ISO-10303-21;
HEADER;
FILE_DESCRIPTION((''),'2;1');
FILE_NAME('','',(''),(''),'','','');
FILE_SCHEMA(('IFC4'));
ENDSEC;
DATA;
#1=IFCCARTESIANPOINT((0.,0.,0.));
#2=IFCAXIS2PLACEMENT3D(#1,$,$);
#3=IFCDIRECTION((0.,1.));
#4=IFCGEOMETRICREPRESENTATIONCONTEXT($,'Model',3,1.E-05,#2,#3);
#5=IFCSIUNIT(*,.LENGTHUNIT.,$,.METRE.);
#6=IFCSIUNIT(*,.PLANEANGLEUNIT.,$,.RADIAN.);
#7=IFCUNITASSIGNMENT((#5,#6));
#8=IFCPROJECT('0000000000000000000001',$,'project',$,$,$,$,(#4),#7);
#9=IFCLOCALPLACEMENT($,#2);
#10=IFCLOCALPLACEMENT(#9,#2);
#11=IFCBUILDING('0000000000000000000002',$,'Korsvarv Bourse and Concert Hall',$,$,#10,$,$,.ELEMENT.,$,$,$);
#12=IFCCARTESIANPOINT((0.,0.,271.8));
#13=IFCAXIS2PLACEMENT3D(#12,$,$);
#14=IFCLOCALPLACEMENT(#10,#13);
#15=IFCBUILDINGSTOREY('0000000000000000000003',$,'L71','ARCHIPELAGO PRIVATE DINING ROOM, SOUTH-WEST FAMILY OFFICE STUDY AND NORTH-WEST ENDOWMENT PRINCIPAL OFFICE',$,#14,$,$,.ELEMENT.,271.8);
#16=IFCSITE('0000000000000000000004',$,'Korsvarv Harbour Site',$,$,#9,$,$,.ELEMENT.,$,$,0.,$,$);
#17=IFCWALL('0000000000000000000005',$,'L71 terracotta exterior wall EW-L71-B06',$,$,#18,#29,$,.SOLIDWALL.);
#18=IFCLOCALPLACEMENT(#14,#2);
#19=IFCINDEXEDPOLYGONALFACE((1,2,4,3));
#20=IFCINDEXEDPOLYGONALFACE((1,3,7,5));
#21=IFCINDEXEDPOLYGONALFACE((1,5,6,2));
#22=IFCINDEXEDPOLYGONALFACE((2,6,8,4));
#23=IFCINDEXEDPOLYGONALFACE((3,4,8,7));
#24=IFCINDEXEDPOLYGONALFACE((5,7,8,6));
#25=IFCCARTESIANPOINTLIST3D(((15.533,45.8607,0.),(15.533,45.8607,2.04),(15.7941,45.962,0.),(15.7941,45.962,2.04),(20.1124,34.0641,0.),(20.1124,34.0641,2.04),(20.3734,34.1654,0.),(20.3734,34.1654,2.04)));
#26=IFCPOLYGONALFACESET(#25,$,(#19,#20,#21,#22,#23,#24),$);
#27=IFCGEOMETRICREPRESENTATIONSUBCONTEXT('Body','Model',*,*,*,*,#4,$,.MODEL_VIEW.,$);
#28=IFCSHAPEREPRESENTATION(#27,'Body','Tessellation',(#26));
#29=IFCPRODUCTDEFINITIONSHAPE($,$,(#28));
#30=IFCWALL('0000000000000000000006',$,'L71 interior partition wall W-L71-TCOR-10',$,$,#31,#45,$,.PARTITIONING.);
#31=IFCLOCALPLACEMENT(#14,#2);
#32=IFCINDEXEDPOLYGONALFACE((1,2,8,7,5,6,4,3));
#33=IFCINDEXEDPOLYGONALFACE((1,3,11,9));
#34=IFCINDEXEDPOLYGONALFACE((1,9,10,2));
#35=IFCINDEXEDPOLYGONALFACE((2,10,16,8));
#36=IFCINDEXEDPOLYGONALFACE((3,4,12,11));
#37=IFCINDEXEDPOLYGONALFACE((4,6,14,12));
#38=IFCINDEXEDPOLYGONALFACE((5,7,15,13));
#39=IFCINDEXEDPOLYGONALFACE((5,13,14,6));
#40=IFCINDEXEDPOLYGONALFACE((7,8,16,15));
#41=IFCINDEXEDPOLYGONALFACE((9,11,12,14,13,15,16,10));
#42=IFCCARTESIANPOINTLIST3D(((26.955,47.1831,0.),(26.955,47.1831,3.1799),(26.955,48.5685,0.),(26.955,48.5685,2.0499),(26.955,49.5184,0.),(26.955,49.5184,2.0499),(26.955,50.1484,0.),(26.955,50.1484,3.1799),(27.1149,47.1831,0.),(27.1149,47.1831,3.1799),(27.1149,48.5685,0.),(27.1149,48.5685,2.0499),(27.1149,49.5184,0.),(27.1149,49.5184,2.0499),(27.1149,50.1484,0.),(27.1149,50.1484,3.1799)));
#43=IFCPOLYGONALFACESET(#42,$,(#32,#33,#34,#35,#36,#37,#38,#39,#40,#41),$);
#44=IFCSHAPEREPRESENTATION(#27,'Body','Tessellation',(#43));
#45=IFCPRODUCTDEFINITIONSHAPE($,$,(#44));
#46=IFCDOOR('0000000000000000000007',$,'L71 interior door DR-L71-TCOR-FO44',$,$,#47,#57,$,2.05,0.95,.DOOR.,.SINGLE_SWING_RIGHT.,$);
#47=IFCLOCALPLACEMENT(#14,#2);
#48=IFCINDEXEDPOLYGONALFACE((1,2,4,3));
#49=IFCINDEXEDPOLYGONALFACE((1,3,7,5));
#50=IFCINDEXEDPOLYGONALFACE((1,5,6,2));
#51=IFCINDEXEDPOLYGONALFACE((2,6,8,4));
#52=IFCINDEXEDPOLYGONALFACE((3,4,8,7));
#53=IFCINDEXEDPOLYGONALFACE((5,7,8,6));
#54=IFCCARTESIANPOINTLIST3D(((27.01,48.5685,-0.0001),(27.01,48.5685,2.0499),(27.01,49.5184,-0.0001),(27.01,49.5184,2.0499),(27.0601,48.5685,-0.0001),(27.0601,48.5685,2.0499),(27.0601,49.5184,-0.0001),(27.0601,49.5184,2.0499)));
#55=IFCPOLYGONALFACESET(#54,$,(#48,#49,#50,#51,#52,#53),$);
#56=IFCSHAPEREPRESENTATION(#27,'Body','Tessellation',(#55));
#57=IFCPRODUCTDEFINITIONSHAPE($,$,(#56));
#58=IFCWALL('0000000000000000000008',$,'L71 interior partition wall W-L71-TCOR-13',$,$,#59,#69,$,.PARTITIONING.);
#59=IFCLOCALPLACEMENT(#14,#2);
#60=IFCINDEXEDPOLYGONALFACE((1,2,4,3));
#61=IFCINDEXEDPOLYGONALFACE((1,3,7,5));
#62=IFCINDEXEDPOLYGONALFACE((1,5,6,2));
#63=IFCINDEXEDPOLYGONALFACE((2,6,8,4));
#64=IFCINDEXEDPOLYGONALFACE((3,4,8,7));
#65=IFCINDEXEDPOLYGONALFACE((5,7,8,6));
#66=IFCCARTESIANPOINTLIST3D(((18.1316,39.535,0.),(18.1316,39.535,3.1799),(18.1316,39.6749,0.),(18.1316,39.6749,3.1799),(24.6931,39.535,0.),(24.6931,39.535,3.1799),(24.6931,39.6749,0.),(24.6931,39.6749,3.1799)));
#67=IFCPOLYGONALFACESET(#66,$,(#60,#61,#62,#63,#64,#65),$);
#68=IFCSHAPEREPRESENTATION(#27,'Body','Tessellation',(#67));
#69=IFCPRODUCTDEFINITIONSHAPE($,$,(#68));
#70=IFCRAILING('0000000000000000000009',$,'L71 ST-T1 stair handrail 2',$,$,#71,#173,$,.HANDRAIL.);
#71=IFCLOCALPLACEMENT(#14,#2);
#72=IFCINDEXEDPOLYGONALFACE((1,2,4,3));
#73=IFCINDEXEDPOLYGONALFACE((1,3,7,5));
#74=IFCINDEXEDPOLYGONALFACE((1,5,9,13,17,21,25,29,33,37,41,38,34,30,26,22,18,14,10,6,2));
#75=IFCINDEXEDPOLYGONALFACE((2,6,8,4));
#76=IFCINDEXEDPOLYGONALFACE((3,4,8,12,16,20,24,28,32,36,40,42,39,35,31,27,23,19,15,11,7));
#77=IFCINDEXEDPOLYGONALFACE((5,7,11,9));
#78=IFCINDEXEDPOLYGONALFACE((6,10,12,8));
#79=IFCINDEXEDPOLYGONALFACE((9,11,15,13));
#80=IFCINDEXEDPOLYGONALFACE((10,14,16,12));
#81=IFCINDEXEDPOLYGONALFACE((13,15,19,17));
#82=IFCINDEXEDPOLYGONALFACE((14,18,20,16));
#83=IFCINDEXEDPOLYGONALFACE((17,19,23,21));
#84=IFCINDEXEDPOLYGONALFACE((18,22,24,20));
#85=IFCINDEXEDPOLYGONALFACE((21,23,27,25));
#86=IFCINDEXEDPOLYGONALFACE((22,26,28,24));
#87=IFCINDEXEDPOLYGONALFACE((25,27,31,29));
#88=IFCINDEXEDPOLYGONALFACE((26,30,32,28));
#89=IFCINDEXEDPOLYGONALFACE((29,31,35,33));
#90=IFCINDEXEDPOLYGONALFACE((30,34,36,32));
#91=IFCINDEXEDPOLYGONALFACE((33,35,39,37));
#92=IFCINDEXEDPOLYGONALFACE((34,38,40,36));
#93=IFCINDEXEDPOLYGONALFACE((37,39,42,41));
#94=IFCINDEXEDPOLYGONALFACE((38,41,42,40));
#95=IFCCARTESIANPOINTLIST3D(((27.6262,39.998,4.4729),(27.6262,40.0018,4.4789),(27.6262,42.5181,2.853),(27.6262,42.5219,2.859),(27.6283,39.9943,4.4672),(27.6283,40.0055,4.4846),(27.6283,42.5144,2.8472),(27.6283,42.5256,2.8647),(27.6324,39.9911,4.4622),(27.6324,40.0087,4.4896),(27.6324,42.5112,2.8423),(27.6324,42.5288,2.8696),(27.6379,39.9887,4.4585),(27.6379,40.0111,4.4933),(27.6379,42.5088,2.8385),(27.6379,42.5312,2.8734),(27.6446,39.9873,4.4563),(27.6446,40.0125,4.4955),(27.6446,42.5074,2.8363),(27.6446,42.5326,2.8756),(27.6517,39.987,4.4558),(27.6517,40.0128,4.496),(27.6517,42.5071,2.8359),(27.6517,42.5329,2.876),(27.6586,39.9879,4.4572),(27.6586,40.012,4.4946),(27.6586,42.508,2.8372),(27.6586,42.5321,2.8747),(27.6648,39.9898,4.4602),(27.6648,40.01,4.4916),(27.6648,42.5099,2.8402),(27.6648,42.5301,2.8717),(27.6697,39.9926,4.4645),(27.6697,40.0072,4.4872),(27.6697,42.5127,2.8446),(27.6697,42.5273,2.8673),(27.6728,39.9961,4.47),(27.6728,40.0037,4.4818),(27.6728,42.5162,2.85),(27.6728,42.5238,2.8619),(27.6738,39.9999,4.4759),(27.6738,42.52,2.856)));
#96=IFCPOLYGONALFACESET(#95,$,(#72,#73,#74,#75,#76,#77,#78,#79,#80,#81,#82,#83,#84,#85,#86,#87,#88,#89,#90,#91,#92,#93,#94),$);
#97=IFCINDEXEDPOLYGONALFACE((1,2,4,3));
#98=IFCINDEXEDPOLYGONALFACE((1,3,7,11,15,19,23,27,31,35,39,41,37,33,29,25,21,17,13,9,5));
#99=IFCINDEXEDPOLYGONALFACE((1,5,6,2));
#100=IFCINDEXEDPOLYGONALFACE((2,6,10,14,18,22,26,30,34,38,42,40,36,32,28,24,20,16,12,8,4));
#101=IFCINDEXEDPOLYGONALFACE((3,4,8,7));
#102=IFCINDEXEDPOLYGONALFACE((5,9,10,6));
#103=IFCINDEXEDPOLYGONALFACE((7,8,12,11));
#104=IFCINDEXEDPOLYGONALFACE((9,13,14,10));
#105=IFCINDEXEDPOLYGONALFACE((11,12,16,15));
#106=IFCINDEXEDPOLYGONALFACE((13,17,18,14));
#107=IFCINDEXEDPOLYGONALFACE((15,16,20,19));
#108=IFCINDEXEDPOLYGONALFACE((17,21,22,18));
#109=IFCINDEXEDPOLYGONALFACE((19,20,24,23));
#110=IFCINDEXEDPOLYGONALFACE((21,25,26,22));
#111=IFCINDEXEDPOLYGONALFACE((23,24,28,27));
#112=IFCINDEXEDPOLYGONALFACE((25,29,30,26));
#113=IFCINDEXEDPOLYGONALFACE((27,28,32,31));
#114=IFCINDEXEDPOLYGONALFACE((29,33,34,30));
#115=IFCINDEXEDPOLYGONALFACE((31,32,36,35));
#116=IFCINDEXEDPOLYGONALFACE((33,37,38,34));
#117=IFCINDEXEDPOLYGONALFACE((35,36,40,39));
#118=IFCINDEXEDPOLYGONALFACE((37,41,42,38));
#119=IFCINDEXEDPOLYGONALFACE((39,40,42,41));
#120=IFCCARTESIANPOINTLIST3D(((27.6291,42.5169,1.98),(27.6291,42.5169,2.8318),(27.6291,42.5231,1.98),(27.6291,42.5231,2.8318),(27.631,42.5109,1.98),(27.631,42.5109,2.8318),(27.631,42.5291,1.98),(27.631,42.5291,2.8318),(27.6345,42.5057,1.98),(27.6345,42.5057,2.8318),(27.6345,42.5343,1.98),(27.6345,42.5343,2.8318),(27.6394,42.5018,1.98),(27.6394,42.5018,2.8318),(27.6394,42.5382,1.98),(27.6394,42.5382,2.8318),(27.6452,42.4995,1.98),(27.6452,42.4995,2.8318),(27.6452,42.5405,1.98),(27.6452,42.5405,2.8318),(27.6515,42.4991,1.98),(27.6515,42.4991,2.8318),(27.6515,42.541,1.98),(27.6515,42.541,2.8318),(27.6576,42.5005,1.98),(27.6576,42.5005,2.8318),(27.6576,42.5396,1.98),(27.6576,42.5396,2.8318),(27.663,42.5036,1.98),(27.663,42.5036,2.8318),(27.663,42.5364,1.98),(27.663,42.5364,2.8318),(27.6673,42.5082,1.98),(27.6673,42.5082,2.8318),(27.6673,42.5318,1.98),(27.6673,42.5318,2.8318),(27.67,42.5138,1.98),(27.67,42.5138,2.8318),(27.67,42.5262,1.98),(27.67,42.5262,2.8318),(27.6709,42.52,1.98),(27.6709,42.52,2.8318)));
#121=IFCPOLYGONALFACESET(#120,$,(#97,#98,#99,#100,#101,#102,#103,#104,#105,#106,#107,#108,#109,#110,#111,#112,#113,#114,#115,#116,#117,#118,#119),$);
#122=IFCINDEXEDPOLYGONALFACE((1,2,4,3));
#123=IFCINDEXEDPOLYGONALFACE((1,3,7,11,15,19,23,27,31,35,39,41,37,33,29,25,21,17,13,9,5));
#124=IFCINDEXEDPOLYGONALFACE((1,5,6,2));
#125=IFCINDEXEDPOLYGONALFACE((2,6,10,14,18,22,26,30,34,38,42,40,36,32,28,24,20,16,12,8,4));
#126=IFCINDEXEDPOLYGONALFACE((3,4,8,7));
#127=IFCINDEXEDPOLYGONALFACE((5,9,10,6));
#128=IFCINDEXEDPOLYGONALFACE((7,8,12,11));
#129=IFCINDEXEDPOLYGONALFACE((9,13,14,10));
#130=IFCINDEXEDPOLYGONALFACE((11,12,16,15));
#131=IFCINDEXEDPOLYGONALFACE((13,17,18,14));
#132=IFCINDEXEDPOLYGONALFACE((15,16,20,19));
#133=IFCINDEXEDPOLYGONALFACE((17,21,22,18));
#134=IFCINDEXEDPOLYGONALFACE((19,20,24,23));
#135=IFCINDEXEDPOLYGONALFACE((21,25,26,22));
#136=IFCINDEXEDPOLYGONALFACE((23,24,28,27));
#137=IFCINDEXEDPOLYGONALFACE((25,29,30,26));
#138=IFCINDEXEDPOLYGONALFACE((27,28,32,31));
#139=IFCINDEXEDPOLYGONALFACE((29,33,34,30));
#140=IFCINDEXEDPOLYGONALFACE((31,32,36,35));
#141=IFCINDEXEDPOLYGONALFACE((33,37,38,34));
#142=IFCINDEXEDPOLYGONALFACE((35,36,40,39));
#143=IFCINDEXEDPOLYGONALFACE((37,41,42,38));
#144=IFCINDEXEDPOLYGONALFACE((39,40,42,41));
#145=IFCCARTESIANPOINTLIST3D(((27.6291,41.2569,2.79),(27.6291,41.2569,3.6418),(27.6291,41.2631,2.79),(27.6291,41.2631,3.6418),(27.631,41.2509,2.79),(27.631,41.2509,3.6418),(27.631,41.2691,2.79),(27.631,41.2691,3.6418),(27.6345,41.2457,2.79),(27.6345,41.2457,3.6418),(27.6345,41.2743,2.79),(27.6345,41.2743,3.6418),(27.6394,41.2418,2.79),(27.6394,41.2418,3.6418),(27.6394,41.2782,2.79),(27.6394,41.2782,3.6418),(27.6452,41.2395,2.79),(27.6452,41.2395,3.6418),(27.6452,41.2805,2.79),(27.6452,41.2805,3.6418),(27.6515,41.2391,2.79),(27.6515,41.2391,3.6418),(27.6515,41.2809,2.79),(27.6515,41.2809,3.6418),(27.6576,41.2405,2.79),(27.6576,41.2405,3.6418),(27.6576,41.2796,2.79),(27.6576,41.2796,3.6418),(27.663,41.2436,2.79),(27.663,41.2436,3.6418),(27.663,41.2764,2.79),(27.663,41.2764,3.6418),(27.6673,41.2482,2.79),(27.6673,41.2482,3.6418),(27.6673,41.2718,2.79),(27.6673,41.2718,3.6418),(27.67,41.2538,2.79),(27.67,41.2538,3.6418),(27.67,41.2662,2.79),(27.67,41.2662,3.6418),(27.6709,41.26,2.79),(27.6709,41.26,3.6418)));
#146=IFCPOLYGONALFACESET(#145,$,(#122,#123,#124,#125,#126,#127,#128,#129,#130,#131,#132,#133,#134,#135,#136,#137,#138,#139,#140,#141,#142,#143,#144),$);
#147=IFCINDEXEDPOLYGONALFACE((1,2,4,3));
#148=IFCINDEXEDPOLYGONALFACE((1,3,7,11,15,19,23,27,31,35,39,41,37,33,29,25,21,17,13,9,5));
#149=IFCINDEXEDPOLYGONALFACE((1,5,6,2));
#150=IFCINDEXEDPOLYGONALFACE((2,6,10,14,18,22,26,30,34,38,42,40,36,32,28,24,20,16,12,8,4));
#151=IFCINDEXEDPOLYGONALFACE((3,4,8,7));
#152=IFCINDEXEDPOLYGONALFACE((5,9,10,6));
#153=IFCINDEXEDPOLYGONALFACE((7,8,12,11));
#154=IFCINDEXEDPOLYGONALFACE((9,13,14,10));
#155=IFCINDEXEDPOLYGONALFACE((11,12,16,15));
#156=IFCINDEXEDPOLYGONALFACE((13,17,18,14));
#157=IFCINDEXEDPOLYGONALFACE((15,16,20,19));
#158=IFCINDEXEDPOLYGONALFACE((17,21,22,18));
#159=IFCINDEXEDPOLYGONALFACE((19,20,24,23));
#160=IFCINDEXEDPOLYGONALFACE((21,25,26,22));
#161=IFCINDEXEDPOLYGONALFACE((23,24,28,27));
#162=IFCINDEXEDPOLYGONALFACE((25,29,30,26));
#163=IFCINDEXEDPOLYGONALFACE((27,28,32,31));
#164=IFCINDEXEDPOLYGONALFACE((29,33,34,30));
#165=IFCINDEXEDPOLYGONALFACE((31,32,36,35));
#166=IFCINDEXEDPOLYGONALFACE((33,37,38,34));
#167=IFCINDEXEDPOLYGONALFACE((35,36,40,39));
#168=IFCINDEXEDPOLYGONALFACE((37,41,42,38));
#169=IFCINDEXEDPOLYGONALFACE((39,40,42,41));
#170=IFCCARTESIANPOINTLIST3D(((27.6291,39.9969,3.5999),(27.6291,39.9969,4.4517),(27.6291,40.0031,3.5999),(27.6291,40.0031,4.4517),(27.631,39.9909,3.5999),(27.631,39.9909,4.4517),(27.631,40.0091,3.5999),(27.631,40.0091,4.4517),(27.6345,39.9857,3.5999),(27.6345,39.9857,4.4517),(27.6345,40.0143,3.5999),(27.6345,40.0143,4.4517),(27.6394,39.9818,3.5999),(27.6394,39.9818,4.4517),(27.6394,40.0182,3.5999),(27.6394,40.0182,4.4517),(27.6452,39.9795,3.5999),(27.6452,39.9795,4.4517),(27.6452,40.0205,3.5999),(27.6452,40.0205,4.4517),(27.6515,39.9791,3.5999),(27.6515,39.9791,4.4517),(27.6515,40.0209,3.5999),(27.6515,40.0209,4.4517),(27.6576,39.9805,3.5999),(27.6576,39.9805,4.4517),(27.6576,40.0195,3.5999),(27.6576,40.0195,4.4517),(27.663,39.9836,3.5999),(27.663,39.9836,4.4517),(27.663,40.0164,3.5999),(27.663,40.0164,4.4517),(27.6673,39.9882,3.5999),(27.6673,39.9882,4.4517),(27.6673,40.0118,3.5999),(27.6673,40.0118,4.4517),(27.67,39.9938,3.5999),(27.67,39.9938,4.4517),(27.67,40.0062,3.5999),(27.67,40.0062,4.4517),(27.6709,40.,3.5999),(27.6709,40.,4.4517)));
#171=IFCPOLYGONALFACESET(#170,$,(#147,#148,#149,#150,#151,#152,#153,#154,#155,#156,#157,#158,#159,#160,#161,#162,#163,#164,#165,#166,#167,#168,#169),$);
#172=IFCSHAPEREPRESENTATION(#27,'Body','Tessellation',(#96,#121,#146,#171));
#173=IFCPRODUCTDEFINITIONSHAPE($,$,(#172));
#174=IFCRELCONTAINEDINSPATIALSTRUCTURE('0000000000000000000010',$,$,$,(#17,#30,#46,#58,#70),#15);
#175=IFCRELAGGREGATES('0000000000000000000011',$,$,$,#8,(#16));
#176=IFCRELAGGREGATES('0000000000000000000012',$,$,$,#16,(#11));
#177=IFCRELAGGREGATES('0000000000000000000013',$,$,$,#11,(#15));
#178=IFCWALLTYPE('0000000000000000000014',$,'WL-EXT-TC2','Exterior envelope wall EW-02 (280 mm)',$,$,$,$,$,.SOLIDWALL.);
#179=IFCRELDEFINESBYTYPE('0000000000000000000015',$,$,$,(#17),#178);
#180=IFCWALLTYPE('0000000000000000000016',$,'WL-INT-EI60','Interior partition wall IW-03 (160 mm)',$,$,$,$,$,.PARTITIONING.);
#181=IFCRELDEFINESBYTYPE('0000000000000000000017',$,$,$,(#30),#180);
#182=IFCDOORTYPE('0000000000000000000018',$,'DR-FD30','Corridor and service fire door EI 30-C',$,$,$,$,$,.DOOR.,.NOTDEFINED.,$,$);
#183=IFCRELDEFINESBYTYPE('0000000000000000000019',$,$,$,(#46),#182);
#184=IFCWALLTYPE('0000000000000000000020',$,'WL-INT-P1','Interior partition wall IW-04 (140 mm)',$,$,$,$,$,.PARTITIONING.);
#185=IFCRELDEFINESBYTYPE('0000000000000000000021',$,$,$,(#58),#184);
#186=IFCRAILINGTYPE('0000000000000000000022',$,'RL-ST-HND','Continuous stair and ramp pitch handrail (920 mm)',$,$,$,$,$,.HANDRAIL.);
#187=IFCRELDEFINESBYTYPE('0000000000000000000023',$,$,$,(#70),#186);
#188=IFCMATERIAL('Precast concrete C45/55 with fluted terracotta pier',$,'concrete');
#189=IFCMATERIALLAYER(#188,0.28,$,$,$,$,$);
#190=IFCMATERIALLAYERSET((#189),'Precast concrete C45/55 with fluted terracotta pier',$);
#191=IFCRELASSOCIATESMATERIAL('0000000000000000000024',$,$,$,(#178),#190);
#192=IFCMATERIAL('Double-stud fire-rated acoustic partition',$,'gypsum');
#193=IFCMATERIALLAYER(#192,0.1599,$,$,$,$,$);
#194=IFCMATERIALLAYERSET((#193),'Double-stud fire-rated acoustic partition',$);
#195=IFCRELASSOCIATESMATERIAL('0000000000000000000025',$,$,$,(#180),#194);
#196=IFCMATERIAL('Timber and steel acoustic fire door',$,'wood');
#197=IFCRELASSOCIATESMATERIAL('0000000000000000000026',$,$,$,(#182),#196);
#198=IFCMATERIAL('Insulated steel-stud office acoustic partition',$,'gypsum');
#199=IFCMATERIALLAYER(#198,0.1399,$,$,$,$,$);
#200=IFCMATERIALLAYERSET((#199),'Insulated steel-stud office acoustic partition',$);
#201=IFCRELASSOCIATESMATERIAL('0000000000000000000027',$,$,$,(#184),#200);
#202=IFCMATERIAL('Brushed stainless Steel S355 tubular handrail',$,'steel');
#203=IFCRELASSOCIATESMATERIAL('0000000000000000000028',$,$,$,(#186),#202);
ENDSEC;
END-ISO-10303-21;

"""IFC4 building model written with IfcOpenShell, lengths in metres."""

from ifc_helpers import new_model, si_unit, direction, frame, frame_2d, origin, origin_2d, place, context, subcontext, project, spatial, rectangle, circle, extrude, material, layer, layer_set, type_object, element, fill, save


model = new_model("IFC4")

# Units and contexts
model_context = context("Model", 3, precision=1e-05, world=origin(), true_north=direction((0.0, 1.0)))
body_context = subcontext(model_context, "Body", "Model", "MODEL_VIEW")
ifc_project = project(units=[si_unit("LENGTHUNIT", "METRE"), si_unit("PLANEANGLEUNIT", "RADIAN")], contexts=[model_context])

# Site, building, storey
site_placement = place(None, origin())
site = spatial("IfcSite", under=ifc_project, at=site_placement, Name="Korsvarv Harbour Site", CompositionType="ELEMENT", RefElevation=0.0)
building_placement = place(site_placement, origin())
building = spatial("IfcBuilding", under=site, at=building_placement, Name="Korsvarv Bourse and Concert Hall", CompositionType="ELEMENT")
storey_placement = place(building_placement, frame((0.0, 0.0, 271.8)))
storey = spatial("IfcBuildingStorey", under=building, at=storey_placement, Name="L71", Description="ARCHIPELAGO PRIVATE DINING ROOM, SOUTH-WEST FAMILY OFFICE STUDY AND NORTH-WEST ENDOWMENT PRINCIPAL OFFICE", CompositionType="ELEMENT", Elevation=271.8)

# Wall
ifc_material_1 = material(Name="Precast concrete C45/55 with fluted terracotta pier", Category="concrete")
ifc_layer_1 = layer(ifc_material_1, 0.28)
ifc_layer_set_1 = layer_set([ifc_layer_1], Name="Precast concrete C45/55 with fluted terracotta pier")
wall_type_1 = type_object("IfcWallType", Name="WL-EXT-TC2", Description="Exterior envelope wall EW-02 (280 mm)", PredefinedType="SOLIDWALL", material=ifc_layer_set_1)
wall_1_placement = place(storey_placement, frame((15.6636, 45.9114, 0.0), z_axis=(0.0, 0.0, 1.0), x_axis=(0.361881, -0.932224, 0.0)))
element("IfcWall", 1, at=wall_1_placement, inside=storey, type_object=wall_type_1, Name="L71 terracotta exterior wall EW-L71-B06", PredefinedType="SOLIDWALL", context=body_context, shape_type="SweptSolid", body=[
    extrude(rectangle(XDim=12.6543, YDim=0.28, at=frame_2d((6.3271, 0.0))), origin(), (0.0, 0.0, 1.0), 2.04),
])

# Wall, opening, door
ifc_material_2 = material(Name="Double-stud fire-rated acoustic partition", Category="gypsum")
ifc_layer_2 = layer(ifc_material_2, 0.1599)
ifc_layer_set_2 = layer_set([ifc_layer_2], Name="Double-stud fire-rated acoustic partition")
wall_type_2 = type_object("IfcWallType", Name="WL-INT-EI60", Description="Interior partition wall IW-03 (160 mm)", PredefinedType="PARTITIONING", material=ifc_layer_set_2)
wall_2_placement = place(storey_placement, frame((27.0349, 47.1831, 0.0), z_axis=(0.0, 0.0, 1.0), x_axis=(0.0, 1.0, 0.0)))
wall_2 = element("IfcWall", 2, at=wall_2_placement, inside=storey, type_object=wall_type_2, Name="L71 interior partition wall W-L71-TCOR-10", PredefinedType="PARTITIONING", context=body_context, shape_type="SweptSolid", body=[
    extrude(rectangle(XDim=2.9653, YDim=0.1599, at=frame_2d((1.4827, 0.0))), origin(), (0.0, 0.0, 1.0), 3.1799),
])
opening_placement = place(wall_2_placement, frame((1.3853, 0.0, 0.0)))
opening = element("IfcOpeningElement", 3, at=opening_placement, cuts=wall_2, PredefinedType="OPENING", context=body_context, shape_type="SweptSolid", body=[
    extrude(rectangle(XDim=0.95, YDim=2.05, at=frame_2d((0.4751, 1.0249))), frame((0.0, 0.0898, 0.0), z_axis=(0.0, -1.0, 0.0), x_axis=(1.0, 0.0, 0.0)), (0.0, 0.0, 1.0), 0.1799),
])
ifc_material_3 = material(Name="Timber and steel acoustic fire door", Category="wood")
door_type = type_object("IfcDoorType", Name="DR-FD30", Description="Corridor and service fire door EI 30-C", OperationType="NOTDEFINED", PredefinedType="DOOR", material=ifc_material_3)
door_placement = place(opening_placement, origin())
door = element("IfcDoor", 4, at=door_placement, inside=storey, type_object=door_type, Name="L71 interior door DR-L71-TCOR-FO44", OperationType="SINGLE_SWING_RIGHT", OverallHeight=2.05, OverallWidth=0.95, PredefinedType="DOOR", context=body_context, shape_type="SweptSolid", body=[
    extrude(rectangle(XDim=0.95, YDim=2.05, at=frame_2d((0.4751, 1.0249))), frame((0.0, 0.0249, 0.0), z_axis=(0.0, -1.0, 0.0), x_axis=(1.0, 0.0, 0.0)), (0.0, 0.0, 1.0), 0.05),
])
fill(opening, door)

# Wall
ifc_material_4 = material(Name="Insulated steel-stud office acoustic partition", Category="gypsum")
ifc_layer_3 = layer(ifc_material_4, 0.1399)
ifc_layer_set_3 = layer_set([ifc_layer_3], Name="Insulated steel-stud office acoustic partition")
wall_type_3 = type_object("IfcWallType", Name="WL-INT-P1", Description="Interior partition wall IW-04 (140 mm)", PredefinedType="PARTITIONING", material=ifc_layer_set_3)
wall_3_placement = place(storey_placement, frame((18.1316, 39.605, 0.0), z_axis=(0.0, 0.0, 1.0), x_axis=(1.0, 0.0, 0.0)))
element("IfcWall", 5, at=wall_3_placement, inside=storey, type_object=wall_type_3, Name="L71 interior partition wall W-L71-TCOR-13", PredefinedType="PARTITIONING", context=body_context, shape_type="SweptSolid", body=[
    extrude(rectangle(XDim=6.5615, YDim=0.1399, at=frame_2d((3.2808, 0.0))), origin(), (0.0, 0.0, 1.0), 3.1799),
])

# Railing
ifc_material_5 = material(Name="Brushed stainless Steel S355 tubular handrail", Category="steel")
railing_type = type_object("IfcRailingType", Name="RL-ST-HND", Description="Continuous stair and ramp pitch handrail (920 mm)", PredefinedType="HANDRAIL", material=ifc_material_5)
railing_placement = place(storey_placement, frame((27.6499, 42.52, 1.98)))
element("IfcRailing", 6, at=railing_placement, inside=storey, type_object=railing_type, Name="L71 ST-T1 stair handrail 2", PredefinedType="HANDRAIL", context=body_context, shape_type="SweptSolid", body=[
    extrude(circle(Radius=0.0239, at=origin_2d()), frame((0.0, 0.0, 0.876), z_axis=(0.0, -0.8412, 0.540725), x_axis=(1.0, 0.0, 0.0)), (0.0, 0.0, 1.0), 2.9958),
    extrude(circle(Radius=0.021, at=origin_2d()), origin(), (0.0, 0.0, 1.0), 0.8518),
    extrude(circle(Radius=0.021, at=origin_2d()), frame((0.0, -1.26, 0.8101)), (0.0, 0.0, 1.0), 0.8518),
    extrude(circle(Radius=0.021, at=origin_2d()), frame((0.0, -2.52, 1.6199)), (0.0, 0.0, 1.0), 0.8518),
])

save(model, "model.ifc")
